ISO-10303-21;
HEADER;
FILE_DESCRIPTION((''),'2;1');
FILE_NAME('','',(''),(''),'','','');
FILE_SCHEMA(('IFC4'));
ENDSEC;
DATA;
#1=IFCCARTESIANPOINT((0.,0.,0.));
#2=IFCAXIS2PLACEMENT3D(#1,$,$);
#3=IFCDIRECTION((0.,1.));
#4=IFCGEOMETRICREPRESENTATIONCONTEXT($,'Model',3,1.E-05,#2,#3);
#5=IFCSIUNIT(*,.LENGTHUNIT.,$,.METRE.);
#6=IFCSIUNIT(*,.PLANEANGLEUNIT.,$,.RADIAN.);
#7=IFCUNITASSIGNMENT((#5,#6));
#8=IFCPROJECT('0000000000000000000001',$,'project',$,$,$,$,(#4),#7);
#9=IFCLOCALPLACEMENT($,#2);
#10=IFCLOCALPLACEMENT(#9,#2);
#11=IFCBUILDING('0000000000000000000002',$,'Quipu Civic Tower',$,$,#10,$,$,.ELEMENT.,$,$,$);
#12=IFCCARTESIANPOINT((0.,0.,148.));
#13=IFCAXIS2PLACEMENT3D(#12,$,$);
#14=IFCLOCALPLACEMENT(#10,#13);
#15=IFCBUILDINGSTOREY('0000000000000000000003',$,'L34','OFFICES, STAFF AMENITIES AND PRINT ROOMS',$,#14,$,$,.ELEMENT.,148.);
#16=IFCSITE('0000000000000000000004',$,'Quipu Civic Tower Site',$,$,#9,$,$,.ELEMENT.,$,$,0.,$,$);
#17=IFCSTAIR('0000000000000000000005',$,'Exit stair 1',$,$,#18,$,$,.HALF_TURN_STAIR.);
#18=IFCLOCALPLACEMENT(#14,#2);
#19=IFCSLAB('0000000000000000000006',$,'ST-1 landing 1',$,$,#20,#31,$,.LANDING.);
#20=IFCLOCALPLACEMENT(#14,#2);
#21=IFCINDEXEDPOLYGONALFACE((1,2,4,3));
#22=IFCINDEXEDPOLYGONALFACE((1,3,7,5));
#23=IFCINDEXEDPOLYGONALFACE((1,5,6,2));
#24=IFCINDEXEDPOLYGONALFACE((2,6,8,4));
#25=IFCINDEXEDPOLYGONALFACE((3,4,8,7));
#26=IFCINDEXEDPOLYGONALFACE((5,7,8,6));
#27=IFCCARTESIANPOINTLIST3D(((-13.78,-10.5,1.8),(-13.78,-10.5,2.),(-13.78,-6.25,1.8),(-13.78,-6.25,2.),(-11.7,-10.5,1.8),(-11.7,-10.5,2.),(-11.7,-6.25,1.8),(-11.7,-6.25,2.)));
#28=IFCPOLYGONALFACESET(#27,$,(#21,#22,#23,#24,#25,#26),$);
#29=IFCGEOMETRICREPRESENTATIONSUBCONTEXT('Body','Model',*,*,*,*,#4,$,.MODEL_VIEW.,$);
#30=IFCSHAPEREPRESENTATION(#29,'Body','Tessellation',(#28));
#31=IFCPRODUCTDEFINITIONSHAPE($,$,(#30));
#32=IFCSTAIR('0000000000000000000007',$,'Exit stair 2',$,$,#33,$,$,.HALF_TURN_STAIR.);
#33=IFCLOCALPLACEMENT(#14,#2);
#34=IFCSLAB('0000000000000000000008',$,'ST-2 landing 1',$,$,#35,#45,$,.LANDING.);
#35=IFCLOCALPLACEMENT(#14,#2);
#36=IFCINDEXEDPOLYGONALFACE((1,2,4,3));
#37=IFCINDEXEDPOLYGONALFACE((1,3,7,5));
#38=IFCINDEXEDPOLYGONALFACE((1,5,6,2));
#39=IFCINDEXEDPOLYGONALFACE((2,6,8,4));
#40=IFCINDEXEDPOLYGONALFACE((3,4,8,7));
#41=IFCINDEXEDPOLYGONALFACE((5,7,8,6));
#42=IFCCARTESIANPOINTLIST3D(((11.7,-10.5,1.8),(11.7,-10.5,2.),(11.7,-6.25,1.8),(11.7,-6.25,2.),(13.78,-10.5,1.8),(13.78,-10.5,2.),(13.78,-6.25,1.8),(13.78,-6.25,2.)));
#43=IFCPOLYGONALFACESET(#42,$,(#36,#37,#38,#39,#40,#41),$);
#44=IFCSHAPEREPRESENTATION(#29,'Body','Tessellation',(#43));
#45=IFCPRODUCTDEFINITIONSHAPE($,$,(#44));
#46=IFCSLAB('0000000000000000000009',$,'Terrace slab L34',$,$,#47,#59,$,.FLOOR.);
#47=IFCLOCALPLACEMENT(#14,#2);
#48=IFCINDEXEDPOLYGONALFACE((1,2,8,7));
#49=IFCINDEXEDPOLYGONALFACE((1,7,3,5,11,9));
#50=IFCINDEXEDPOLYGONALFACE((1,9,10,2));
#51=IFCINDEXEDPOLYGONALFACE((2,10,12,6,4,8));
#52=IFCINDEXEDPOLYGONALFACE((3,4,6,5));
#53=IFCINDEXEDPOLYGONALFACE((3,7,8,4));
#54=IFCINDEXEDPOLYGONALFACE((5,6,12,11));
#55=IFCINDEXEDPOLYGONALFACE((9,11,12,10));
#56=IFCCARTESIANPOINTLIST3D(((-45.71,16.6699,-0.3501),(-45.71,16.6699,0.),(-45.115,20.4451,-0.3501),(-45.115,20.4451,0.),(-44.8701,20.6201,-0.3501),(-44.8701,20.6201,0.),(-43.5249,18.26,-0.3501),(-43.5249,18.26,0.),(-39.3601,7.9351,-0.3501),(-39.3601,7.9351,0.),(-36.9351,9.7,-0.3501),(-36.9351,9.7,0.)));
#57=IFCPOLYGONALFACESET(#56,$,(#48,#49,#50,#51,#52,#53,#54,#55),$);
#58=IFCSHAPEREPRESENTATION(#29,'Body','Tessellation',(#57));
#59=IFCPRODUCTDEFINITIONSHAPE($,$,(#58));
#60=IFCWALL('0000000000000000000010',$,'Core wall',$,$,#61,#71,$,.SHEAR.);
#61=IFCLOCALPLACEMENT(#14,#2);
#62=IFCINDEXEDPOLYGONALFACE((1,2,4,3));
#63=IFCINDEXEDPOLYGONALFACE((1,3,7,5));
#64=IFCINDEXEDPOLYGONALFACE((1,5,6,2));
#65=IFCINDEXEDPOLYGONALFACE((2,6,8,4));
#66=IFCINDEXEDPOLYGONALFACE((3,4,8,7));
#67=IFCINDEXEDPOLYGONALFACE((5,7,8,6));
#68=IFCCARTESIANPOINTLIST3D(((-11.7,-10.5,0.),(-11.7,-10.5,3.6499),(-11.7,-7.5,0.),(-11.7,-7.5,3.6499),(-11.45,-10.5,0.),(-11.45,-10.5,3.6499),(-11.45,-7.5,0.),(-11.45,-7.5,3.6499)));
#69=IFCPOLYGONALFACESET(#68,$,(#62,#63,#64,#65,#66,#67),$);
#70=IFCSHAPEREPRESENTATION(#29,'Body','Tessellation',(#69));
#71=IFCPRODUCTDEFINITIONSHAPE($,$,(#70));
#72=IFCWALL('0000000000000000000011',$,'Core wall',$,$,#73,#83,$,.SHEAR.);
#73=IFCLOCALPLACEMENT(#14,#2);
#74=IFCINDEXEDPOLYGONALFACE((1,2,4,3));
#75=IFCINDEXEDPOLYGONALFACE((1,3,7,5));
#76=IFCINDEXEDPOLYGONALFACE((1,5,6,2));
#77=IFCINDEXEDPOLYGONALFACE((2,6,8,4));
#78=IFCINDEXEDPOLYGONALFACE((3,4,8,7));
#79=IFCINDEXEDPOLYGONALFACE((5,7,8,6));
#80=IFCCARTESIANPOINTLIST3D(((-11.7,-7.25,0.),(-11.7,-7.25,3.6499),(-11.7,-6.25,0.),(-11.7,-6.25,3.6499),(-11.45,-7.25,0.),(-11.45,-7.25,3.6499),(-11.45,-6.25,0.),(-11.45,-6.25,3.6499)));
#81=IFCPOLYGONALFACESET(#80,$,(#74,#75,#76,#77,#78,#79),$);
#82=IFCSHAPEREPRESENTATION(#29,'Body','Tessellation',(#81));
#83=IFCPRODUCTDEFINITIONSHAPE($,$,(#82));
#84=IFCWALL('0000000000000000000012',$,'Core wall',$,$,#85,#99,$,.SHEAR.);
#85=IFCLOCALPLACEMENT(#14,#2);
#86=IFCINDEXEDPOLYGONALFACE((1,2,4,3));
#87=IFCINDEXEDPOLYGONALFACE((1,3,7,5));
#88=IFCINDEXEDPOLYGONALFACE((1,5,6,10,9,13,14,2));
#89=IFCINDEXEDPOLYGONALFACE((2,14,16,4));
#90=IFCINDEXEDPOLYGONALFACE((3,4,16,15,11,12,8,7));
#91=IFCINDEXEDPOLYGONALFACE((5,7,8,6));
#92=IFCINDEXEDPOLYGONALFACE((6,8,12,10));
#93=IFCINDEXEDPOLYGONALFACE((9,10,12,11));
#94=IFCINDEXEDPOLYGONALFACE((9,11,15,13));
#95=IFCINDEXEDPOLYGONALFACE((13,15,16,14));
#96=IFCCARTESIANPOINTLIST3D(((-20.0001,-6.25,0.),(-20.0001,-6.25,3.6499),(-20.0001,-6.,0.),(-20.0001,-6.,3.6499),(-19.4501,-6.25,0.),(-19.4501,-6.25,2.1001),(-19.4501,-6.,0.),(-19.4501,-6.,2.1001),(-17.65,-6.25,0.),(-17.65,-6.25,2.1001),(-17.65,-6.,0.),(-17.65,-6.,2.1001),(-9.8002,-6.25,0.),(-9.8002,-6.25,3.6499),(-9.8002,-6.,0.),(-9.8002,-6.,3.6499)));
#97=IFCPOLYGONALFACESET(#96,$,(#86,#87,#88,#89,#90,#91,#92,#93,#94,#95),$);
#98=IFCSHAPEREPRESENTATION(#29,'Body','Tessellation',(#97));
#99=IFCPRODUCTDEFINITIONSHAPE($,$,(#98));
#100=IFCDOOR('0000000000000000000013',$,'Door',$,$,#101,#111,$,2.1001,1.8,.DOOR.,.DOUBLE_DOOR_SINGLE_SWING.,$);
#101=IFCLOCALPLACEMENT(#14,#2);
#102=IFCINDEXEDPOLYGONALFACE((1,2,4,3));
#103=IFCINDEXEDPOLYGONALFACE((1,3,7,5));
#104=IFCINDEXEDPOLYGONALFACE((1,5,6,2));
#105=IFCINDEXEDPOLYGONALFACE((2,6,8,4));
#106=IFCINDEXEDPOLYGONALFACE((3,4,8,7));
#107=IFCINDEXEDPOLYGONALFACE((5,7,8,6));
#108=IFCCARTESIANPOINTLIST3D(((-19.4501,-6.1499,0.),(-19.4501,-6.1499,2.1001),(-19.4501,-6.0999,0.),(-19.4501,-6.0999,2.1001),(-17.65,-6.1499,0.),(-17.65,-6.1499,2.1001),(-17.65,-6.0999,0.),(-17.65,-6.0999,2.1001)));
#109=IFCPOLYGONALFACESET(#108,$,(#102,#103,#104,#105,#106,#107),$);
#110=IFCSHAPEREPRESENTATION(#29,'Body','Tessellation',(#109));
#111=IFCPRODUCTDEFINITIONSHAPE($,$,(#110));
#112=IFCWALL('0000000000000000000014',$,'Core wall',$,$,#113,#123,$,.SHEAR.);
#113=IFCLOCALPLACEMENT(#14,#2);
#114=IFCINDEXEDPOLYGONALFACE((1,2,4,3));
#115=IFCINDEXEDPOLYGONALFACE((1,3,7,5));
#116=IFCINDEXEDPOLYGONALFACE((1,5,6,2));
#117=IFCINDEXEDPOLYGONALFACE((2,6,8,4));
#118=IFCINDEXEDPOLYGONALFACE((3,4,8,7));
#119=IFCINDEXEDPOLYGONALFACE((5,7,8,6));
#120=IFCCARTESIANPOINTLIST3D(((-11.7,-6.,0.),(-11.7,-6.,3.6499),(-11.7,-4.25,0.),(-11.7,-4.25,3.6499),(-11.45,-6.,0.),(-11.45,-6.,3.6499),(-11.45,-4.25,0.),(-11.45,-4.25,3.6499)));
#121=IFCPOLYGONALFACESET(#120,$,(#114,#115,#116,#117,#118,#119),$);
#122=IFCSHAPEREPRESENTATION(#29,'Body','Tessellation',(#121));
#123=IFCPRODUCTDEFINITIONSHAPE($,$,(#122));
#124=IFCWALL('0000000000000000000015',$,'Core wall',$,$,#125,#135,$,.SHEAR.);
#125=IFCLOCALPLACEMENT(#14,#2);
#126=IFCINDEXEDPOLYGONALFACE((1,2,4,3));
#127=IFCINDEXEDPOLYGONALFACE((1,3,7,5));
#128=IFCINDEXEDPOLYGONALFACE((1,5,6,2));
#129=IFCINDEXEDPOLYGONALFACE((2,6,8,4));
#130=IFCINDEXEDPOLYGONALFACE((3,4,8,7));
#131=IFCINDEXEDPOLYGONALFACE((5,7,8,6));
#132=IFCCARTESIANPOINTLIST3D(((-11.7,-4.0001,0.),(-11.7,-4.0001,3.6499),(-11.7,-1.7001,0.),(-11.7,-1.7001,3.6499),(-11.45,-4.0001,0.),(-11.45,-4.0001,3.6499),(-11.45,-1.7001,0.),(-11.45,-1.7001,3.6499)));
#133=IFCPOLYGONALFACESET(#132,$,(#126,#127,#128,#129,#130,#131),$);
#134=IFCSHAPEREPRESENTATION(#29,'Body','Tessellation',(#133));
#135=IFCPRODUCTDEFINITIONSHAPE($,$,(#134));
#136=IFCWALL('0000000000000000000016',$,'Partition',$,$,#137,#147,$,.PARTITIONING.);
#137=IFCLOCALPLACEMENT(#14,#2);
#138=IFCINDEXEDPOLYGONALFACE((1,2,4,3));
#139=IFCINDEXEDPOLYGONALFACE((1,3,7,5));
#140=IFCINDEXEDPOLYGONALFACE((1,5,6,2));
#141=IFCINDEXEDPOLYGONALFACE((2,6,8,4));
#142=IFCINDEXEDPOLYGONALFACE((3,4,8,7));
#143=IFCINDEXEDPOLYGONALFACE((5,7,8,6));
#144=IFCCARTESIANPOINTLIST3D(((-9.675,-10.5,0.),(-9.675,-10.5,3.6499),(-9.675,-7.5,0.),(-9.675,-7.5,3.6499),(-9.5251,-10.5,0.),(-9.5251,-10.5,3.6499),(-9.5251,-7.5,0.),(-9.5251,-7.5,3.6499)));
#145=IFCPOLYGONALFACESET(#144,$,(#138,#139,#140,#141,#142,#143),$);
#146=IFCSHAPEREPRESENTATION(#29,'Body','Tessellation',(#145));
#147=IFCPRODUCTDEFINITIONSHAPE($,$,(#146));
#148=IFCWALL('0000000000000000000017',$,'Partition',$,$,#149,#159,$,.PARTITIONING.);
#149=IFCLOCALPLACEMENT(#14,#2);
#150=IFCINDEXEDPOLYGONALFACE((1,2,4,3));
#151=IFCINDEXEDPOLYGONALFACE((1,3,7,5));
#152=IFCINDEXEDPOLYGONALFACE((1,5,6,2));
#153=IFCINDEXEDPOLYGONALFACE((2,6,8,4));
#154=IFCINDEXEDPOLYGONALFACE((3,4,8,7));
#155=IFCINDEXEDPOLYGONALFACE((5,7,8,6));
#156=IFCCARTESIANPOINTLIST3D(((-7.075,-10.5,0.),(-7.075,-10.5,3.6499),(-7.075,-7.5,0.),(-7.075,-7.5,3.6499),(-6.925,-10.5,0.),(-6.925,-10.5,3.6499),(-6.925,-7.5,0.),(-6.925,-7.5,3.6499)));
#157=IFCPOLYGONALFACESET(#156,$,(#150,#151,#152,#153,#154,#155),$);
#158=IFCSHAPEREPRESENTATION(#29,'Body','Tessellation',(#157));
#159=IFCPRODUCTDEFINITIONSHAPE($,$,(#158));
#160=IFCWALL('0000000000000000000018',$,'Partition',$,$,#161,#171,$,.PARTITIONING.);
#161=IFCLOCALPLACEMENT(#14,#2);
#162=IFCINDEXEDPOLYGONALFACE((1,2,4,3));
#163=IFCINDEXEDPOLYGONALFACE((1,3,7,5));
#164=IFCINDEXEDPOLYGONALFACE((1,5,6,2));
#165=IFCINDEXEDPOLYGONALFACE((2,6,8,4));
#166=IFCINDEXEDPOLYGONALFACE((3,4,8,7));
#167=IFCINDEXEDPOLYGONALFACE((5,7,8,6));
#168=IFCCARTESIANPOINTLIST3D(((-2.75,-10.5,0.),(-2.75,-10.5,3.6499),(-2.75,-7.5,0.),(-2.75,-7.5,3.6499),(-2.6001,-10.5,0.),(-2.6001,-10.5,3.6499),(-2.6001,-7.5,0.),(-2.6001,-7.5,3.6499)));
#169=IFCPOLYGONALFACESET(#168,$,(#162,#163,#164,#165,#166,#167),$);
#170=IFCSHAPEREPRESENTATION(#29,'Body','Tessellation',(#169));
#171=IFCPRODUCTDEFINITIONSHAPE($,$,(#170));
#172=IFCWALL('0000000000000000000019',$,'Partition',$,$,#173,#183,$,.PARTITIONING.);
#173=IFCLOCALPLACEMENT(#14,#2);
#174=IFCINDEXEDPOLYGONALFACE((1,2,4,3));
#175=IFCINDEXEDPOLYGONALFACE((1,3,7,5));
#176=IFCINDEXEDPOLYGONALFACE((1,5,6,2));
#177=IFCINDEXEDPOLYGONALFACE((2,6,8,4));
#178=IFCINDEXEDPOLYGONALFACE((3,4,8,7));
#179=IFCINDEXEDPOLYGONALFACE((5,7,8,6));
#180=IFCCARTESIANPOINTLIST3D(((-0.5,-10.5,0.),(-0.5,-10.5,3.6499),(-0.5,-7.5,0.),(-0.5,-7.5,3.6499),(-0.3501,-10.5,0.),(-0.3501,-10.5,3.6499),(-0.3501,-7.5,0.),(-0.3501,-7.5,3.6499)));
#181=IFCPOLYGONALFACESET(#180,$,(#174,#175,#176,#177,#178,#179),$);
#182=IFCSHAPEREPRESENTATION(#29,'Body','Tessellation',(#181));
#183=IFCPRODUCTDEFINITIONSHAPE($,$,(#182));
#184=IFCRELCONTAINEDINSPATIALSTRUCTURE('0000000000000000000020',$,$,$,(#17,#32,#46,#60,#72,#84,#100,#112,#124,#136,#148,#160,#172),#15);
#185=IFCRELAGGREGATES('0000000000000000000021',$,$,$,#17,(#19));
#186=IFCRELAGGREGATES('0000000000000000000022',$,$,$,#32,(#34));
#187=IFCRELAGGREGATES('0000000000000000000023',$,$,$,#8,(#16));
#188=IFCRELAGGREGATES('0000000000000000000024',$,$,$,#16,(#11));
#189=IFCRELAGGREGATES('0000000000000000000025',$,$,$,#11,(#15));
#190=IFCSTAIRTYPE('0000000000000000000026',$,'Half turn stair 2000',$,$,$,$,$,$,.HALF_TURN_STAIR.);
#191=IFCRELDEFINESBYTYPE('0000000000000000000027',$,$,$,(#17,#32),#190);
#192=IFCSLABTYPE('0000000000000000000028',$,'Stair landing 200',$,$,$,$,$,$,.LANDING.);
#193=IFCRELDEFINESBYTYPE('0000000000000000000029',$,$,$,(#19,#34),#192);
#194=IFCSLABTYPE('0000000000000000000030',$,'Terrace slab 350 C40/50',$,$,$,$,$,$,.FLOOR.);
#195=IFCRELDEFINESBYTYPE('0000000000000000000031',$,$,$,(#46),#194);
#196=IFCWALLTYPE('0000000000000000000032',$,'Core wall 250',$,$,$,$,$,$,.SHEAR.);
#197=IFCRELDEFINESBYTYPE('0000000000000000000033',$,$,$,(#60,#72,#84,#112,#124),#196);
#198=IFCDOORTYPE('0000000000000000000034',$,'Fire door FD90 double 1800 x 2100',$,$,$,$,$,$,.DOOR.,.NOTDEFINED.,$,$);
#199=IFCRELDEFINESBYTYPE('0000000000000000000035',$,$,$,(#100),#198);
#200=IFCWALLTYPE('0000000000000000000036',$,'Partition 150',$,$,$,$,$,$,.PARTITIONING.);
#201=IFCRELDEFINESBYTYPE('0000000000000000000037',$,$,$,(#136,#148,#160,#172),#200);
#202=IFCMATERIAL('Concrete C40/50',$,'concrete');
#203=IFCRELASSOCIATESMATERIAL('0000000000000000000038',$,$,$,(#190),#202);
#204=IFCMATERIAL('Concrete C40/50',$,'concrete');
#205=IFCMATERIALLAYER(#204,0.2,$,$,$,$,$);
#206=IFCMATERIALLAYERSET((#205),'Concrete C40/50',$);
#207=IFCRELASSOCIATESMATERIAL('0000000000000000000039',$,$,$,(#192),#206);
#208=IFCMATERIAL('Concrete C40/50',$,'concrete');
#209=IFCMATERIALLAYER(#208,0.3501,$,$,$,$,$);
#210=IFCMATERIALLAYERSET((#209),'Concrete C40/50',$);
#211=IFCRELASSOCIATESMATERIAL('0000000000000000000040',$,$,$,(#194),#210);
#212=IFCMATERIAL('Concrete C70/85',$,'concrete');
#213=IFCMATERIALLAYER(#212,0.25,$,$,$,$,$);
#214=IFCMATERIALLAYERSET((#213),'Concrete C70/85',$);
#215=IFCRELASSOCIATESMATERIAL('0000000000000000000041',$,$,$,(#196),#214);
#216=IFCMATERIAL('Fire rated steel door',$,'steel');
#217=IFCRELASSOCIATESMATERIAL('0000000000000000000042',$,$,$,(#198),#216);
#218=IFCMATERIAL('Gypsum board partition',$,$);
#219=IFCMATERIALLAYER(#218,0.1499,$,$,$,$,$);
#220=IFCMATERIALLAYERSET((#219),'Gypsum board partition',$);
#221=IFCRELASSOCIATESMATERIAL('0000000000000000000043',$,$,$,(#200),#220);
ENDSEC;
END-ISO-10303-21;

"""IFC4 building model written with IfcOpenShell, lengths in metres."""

from ifc_helpers import new_model, si_unit, direction, frame, frame_2d, origin, place, context, subcontext, project, spatial, polyline, rectangle, outline, extrude, material, layer, layer_set, type_object, element, fill, aggregate, save


model = new_model("IFC4")

# Units and contexts
model_context = context("Model", 3, precision=1e-05, world=origin(), true_north=direction((0.0, 1.0)))
body_context = subcontext(model_context, "Body", "Model", "MODEL_VIEW")
ifc_project = project(units=[si_unit("LENGTHUNIT", "METRE"), si_unit("PLANEANGLEUNIT", "RADIAN")], contexts=[model_context])

# Site, building, storey
site_placement = place(None, origin())
site = spatial("IfcSite", under=ifc_project, at=site_placement, Name="Quipu Civic Tower Site", CompositionType="ELEMENT", RefElevation=0.0)
building_placement = place(site_placement, origin())
building = spatial("IfcBuilding", under=site, at=building_placement, Name="Quipu Civic Tower", CompositionType="ELEMENT")
storey_placement = place(building_placement, frame((0.0, 0.0, 148.0)))
storey = spatial("IfcBuildingStorey", under=building, at=storey_placement, Name="L34", Description="OFFICES, STAFF AMENITIES AND PRINT ROOMS", CompositionType="ELEMENT", Elevation=148.0)

# Stairs, slabs
ifc_material_1 = material(Name="Concrete C40/50", Category="concrete")
stair_type = type_object("IfcStairType", Name="Half turn stair 2000", PredefinedType="HALF_TURN_STAIR", material=ifc_material_1)
stair_1_placement = place(storey_placement, origin())
stair_1 = element("IfcStair", 1, at=stair_1_placement, inside=storey, type_object=stair_type, Name="Exit stair 1", PredefinedType="HALF_TURN_STAIR")
ifc_material_2 = material(Name="Concrete C40/50", Category="concrete")
ifc_layer_1 = layer(ifc_material_2, 0.2)
ifc_layer_set_1 = layer_set([ifc_layer_1], Name="Concrete C40/50")
slab_type_1 = type_object("IfcSlabType", Name="Stair landing 200", PredefinedType="LANDING", material=ifc_layer_set_1)
slab_1_placement = place(storey_placement, frame((0.0, 0.0, 1.8)))
slab_1 = element("IfcSlab", 2, at=slab_1_placement, type_object=slab_type_1, Name="ST-1 landing 1", PredefinedType="LANDING", context=body_context, shape_type="SweptSolid", body=[
    extrude(outline(polyline([(-13.78, -10.5), (-11.7, -10.5), (-11.7, -6.25), (-13.78, -6.25), (-13.78, -10.5)])), origin(), (0.0, 0.0, 1.0), 0.2),
])
aggregate(stair_1, [slab_1])
stair_2_placement = place(storey_placement, origin())
stair_2 = element("IfcStair", 3, at=stair_2_placement, inside=storey, type_object=stair_type, Name="Exit stair 2", PredefinedType="HALF_TURN_STAIR")
slab_2_placement = place(storey_placement, frame((0.0, 0.0, 1.8)))
slab_2 = element("IfcSlab", 4, at=slab_2_placement, type_object=slab_type_1, Name="ST-2 landing 1", PredefinedType="LANDING", context=body_context, shape_type="SweptSolid", body=[
    extrude(outline(polyline([(13.78, -6.25), (11.7, -6.25), (11.7, -10.5), (13.78, -10.5), (13.78, -6.25)])), origin(), (0.0, 0.0, 1.0), 0.2),
])
aggregate(stair_2, [slab_2])

# Slab
ifc_material_3 = material(Name="Concrete C40/50", Category="concrete")
ifc_layer_2 = layer(ifc_material_3, 0.3501)
ifc_layer_set_2 = layer_set([ifc_layer_2], Name="Concrete C40/50")
slab_type_2 = type_object("IfcSlabType", Name="Terrace slab 350 C40/50", PredefinedType="FLOOR", material=ifc_layer_set_2)
slab_3_placement = place(storey_placement, frame((0.0, 0.0, -0.3501)))
element("IfcSlab", 5, at=slab_3_placement, inside=storey, type_object=slab_type_2, Name="Terrace slab L34", PredefinedType="FLOOR", context=body_context, shape_type="SweptSolid", body=[
    extrude(outline(polyline([(-43.5249, 18.26), (-45.115, 20.4451), (-44.8701, 20.6201), (-36.9351, 9.7), (-39.3601, 7.9351), (-45.71, 16.6699), (-43.5249, 18.26)])), origin(), (0.0, 0.0, 1.0), 0.3501),
])

# Walls
ifc_material_4 = material(Name="Concrete C70/85", Category="concrete")
ifc_layer_3 = layer(ifc_material_4, 0.25)
ifc_layer_set_3 = layer_set([ifc_layer_3], Name="Concrete C70/85")
wall_type_1 = type_object("IfcWallType", Name="Core wall 250", PredefinedType="SHEAR", material=ifc_layer_set_3)
wall_1_placement = place(storey_placement, frame((-11.575, -10.5, 0.0), z_axis=(0.0, 0.0, 1.0), x_axis=(0.0, 1.0, 0.0)))
element("IfcWall", 6, at=wall_1_placement, inside=storey, type_object=wall_type_1, Name="Core wall", PredefinedType="SHEAR", context=body_context, shape_type="SweptSolid", body=[
    extrude(rectangle(XDim=3.0, YDim=0.25, at=frame_2d((1.5, 0.0))), origin(), (0.0, 0.0, 1.0), 3.6499),
])
wall_2_placement = place(storey_placement, frame((-11.575, -7.25, 0.0), z_axis=(0.0, 0.0, 1.0), x_axis=(0.0, 1.0, 0.0)))
element("IfcWall", 7, at=wall_2_placement, inside=storey, type_object=wall_type_1, Name="Core wall", PredefinedType="SHEAR", context=body_context, shape_type="SweptSolid", body=[
    extrude(rectangle(XDim=1.0, YDim=0.25, at=frame_2d((0.5, 0.0))), origin(), (0.0, 0.0, 1.0), 3.6499),
])

# Wall, opening, door
wall_3_placement = place(storey_placement, frame((-9.8, -6.125, 0.0), z_axis=(0.0, 0.0, 1.0), x_axis=(-1.0, 0.0, 0.0)))
wall_3 = element("IfcWall", 8, at=wall_3_placement, inside=storey, type_object=wall_type_1, Name="Core wall", PredefinedType="SHEAR", context=body_context, shape_type="SweptSolid", body=[
    extrude(rectangle(XDim=10.2, YDim=0.25, at=frame_2d((5.1001, 0.0))), origin(), (0.0, 0.0, 1.0), 3.6499),
])
opening_1_placement = place(wall_3_placement, frame((7.8501, 0.0, 0.0)))
opening_1 = element("IfcOpeningElement", 9, at=opening_1_placement, cuts=wall_3, PredefinedType="OPENING", context=body_context, shape_type="SweptSolid", body=[
    extrude(rectangle(XDim=1.8, YDim=2.1001, at=frame_2d((0.8999, 1.05))), frame((0.0, 0.135, 0.0), z_axis=(0.0, -1.0, 0.0), x_axis=(1.0, 0.0, 0.0)), (0.0, 0.0, 1.0), 0.27),
])
ifc_material_5 = material(Name="Fire rated steel door", Category="steel")
door_type_1 = type_object("IfcDoorType", Name="Fire door FD90 double 1800 x 2100", OperationType="NOTDEFINED", PredefinedType="DOOR", material=ifc_material_5)
door_1_placement = place(opening_1_placement, origin())
door_1 = element("IfcDoor", 10, at=door_1_placement, inside=storey, type_object=door_type_1, Name="Door", OperationType="DOUBLE_DOOR_SINGLE_SWING", OverallHeight=2.1001, OverallWidth=1.8, PredefinedType="DOOR", context=body_context, shape_type="SweptSolid", body=[
    extrude(rectangle(XDim=1.8, YDim=2.1001, at=frame_2d((0.8999, 1.05))), frame((0.0, 0.0249, 0.0), z_axis=(0.0, -1.0, 0.0), x_axis=(1.0, 0.0, 0.0)), (0.0, 0.0, 1.0), 0.05),
])
fill(opening_1, door_1)

# Walls
wall_4_placement = place(storey_placement, frame((-11.575, -6.0, 0.0), z_axis=(0.0, 0.0, 1.0), x_axis=(0.0, 1.0, 0.0)))
element("IfcWall", 11, at=wall_4_placement, inside=storey, type_object=wall_type_1, Name="Core wall", PredefinedType="SHEAR", context=body_context, shape_type="SweptSolid", body=[
    extrude(rectangle(XDim=1.75, YDim=0.25, at=frame_2d((0.875, 0.0))), origin(), (0.0, 0.0, 1.0), 3.6499),
])
wall_5_placement = place(storey_placement, frame((-11.575, -4.0, 0.0), z_axis=(0.0, 0.0, 1.0), x_axis=(0.0, 1.0, 0.0)))
element("IfcWall", 12, at=wall_5_placement, inside=storey, type_object=wall_type_1, Name="Core wall", PredefinedType="SHEAR", context=body_context, shape_type="SweptSolid", body=[
    extrude(rectangle(XDim=2.3, YDim=0.25, at=frame_2d((1.1499, 0.0))), origin(), (0.0, 0.0, 1.0), 3.6499),
])
ifc_material_6 = material(Name="Gypsum board partition")
ifc_layer_4 = layer(ifc_material_6, 0.1499)
ifc_layer_set_4 = layer_set([ifc_layer_4], Name="Gypsum board partition")
wall_type_2 = type_object("IfcWallType", Name="Partition 150", PredefinedType="PARTITIONING", material=ifc_layer_set_4)
for number, where, z_axis, x_axis, name in (
    (13, (-9.6001, -10.5, 0.0), (0.0, 0.0, 1.0), (0.0, 1.0, 0.0), "Partition"),
    (14, (-7.0, -10.5, 0.0), (0.0, 0.0, 1.0), (0.0, 1.0, 0.0), "Partition"),
    (15, (-2.675, -10.5, 0.0), (0.0, 0.0, 1.0), (0.0, 1.0, 0.0), "Partition"),
    (16, (-0.425, -10.5, 0.0), (0.0, 0.0, 1.0), (0.0, 1.0, 0.0), "Partition"),
):
    element("IfcWall", number, at=place(storey_placement, frame(where, z_axis=z_axis, x_axis=x_axis)), inside=storey, type_object=wall_type_2, Name=name, PredefinedType="PARTITIONING", context=body_context, shape_type="SweptSolid", body=[
        extrude(rectangle(XDim=3.0, YDim=0.1499, at=frame_2d((1.5, 0.0))), origin(), (0.0, 0.0, 1.0), 3.6499),
    ])

save(model, "model.ifc")
